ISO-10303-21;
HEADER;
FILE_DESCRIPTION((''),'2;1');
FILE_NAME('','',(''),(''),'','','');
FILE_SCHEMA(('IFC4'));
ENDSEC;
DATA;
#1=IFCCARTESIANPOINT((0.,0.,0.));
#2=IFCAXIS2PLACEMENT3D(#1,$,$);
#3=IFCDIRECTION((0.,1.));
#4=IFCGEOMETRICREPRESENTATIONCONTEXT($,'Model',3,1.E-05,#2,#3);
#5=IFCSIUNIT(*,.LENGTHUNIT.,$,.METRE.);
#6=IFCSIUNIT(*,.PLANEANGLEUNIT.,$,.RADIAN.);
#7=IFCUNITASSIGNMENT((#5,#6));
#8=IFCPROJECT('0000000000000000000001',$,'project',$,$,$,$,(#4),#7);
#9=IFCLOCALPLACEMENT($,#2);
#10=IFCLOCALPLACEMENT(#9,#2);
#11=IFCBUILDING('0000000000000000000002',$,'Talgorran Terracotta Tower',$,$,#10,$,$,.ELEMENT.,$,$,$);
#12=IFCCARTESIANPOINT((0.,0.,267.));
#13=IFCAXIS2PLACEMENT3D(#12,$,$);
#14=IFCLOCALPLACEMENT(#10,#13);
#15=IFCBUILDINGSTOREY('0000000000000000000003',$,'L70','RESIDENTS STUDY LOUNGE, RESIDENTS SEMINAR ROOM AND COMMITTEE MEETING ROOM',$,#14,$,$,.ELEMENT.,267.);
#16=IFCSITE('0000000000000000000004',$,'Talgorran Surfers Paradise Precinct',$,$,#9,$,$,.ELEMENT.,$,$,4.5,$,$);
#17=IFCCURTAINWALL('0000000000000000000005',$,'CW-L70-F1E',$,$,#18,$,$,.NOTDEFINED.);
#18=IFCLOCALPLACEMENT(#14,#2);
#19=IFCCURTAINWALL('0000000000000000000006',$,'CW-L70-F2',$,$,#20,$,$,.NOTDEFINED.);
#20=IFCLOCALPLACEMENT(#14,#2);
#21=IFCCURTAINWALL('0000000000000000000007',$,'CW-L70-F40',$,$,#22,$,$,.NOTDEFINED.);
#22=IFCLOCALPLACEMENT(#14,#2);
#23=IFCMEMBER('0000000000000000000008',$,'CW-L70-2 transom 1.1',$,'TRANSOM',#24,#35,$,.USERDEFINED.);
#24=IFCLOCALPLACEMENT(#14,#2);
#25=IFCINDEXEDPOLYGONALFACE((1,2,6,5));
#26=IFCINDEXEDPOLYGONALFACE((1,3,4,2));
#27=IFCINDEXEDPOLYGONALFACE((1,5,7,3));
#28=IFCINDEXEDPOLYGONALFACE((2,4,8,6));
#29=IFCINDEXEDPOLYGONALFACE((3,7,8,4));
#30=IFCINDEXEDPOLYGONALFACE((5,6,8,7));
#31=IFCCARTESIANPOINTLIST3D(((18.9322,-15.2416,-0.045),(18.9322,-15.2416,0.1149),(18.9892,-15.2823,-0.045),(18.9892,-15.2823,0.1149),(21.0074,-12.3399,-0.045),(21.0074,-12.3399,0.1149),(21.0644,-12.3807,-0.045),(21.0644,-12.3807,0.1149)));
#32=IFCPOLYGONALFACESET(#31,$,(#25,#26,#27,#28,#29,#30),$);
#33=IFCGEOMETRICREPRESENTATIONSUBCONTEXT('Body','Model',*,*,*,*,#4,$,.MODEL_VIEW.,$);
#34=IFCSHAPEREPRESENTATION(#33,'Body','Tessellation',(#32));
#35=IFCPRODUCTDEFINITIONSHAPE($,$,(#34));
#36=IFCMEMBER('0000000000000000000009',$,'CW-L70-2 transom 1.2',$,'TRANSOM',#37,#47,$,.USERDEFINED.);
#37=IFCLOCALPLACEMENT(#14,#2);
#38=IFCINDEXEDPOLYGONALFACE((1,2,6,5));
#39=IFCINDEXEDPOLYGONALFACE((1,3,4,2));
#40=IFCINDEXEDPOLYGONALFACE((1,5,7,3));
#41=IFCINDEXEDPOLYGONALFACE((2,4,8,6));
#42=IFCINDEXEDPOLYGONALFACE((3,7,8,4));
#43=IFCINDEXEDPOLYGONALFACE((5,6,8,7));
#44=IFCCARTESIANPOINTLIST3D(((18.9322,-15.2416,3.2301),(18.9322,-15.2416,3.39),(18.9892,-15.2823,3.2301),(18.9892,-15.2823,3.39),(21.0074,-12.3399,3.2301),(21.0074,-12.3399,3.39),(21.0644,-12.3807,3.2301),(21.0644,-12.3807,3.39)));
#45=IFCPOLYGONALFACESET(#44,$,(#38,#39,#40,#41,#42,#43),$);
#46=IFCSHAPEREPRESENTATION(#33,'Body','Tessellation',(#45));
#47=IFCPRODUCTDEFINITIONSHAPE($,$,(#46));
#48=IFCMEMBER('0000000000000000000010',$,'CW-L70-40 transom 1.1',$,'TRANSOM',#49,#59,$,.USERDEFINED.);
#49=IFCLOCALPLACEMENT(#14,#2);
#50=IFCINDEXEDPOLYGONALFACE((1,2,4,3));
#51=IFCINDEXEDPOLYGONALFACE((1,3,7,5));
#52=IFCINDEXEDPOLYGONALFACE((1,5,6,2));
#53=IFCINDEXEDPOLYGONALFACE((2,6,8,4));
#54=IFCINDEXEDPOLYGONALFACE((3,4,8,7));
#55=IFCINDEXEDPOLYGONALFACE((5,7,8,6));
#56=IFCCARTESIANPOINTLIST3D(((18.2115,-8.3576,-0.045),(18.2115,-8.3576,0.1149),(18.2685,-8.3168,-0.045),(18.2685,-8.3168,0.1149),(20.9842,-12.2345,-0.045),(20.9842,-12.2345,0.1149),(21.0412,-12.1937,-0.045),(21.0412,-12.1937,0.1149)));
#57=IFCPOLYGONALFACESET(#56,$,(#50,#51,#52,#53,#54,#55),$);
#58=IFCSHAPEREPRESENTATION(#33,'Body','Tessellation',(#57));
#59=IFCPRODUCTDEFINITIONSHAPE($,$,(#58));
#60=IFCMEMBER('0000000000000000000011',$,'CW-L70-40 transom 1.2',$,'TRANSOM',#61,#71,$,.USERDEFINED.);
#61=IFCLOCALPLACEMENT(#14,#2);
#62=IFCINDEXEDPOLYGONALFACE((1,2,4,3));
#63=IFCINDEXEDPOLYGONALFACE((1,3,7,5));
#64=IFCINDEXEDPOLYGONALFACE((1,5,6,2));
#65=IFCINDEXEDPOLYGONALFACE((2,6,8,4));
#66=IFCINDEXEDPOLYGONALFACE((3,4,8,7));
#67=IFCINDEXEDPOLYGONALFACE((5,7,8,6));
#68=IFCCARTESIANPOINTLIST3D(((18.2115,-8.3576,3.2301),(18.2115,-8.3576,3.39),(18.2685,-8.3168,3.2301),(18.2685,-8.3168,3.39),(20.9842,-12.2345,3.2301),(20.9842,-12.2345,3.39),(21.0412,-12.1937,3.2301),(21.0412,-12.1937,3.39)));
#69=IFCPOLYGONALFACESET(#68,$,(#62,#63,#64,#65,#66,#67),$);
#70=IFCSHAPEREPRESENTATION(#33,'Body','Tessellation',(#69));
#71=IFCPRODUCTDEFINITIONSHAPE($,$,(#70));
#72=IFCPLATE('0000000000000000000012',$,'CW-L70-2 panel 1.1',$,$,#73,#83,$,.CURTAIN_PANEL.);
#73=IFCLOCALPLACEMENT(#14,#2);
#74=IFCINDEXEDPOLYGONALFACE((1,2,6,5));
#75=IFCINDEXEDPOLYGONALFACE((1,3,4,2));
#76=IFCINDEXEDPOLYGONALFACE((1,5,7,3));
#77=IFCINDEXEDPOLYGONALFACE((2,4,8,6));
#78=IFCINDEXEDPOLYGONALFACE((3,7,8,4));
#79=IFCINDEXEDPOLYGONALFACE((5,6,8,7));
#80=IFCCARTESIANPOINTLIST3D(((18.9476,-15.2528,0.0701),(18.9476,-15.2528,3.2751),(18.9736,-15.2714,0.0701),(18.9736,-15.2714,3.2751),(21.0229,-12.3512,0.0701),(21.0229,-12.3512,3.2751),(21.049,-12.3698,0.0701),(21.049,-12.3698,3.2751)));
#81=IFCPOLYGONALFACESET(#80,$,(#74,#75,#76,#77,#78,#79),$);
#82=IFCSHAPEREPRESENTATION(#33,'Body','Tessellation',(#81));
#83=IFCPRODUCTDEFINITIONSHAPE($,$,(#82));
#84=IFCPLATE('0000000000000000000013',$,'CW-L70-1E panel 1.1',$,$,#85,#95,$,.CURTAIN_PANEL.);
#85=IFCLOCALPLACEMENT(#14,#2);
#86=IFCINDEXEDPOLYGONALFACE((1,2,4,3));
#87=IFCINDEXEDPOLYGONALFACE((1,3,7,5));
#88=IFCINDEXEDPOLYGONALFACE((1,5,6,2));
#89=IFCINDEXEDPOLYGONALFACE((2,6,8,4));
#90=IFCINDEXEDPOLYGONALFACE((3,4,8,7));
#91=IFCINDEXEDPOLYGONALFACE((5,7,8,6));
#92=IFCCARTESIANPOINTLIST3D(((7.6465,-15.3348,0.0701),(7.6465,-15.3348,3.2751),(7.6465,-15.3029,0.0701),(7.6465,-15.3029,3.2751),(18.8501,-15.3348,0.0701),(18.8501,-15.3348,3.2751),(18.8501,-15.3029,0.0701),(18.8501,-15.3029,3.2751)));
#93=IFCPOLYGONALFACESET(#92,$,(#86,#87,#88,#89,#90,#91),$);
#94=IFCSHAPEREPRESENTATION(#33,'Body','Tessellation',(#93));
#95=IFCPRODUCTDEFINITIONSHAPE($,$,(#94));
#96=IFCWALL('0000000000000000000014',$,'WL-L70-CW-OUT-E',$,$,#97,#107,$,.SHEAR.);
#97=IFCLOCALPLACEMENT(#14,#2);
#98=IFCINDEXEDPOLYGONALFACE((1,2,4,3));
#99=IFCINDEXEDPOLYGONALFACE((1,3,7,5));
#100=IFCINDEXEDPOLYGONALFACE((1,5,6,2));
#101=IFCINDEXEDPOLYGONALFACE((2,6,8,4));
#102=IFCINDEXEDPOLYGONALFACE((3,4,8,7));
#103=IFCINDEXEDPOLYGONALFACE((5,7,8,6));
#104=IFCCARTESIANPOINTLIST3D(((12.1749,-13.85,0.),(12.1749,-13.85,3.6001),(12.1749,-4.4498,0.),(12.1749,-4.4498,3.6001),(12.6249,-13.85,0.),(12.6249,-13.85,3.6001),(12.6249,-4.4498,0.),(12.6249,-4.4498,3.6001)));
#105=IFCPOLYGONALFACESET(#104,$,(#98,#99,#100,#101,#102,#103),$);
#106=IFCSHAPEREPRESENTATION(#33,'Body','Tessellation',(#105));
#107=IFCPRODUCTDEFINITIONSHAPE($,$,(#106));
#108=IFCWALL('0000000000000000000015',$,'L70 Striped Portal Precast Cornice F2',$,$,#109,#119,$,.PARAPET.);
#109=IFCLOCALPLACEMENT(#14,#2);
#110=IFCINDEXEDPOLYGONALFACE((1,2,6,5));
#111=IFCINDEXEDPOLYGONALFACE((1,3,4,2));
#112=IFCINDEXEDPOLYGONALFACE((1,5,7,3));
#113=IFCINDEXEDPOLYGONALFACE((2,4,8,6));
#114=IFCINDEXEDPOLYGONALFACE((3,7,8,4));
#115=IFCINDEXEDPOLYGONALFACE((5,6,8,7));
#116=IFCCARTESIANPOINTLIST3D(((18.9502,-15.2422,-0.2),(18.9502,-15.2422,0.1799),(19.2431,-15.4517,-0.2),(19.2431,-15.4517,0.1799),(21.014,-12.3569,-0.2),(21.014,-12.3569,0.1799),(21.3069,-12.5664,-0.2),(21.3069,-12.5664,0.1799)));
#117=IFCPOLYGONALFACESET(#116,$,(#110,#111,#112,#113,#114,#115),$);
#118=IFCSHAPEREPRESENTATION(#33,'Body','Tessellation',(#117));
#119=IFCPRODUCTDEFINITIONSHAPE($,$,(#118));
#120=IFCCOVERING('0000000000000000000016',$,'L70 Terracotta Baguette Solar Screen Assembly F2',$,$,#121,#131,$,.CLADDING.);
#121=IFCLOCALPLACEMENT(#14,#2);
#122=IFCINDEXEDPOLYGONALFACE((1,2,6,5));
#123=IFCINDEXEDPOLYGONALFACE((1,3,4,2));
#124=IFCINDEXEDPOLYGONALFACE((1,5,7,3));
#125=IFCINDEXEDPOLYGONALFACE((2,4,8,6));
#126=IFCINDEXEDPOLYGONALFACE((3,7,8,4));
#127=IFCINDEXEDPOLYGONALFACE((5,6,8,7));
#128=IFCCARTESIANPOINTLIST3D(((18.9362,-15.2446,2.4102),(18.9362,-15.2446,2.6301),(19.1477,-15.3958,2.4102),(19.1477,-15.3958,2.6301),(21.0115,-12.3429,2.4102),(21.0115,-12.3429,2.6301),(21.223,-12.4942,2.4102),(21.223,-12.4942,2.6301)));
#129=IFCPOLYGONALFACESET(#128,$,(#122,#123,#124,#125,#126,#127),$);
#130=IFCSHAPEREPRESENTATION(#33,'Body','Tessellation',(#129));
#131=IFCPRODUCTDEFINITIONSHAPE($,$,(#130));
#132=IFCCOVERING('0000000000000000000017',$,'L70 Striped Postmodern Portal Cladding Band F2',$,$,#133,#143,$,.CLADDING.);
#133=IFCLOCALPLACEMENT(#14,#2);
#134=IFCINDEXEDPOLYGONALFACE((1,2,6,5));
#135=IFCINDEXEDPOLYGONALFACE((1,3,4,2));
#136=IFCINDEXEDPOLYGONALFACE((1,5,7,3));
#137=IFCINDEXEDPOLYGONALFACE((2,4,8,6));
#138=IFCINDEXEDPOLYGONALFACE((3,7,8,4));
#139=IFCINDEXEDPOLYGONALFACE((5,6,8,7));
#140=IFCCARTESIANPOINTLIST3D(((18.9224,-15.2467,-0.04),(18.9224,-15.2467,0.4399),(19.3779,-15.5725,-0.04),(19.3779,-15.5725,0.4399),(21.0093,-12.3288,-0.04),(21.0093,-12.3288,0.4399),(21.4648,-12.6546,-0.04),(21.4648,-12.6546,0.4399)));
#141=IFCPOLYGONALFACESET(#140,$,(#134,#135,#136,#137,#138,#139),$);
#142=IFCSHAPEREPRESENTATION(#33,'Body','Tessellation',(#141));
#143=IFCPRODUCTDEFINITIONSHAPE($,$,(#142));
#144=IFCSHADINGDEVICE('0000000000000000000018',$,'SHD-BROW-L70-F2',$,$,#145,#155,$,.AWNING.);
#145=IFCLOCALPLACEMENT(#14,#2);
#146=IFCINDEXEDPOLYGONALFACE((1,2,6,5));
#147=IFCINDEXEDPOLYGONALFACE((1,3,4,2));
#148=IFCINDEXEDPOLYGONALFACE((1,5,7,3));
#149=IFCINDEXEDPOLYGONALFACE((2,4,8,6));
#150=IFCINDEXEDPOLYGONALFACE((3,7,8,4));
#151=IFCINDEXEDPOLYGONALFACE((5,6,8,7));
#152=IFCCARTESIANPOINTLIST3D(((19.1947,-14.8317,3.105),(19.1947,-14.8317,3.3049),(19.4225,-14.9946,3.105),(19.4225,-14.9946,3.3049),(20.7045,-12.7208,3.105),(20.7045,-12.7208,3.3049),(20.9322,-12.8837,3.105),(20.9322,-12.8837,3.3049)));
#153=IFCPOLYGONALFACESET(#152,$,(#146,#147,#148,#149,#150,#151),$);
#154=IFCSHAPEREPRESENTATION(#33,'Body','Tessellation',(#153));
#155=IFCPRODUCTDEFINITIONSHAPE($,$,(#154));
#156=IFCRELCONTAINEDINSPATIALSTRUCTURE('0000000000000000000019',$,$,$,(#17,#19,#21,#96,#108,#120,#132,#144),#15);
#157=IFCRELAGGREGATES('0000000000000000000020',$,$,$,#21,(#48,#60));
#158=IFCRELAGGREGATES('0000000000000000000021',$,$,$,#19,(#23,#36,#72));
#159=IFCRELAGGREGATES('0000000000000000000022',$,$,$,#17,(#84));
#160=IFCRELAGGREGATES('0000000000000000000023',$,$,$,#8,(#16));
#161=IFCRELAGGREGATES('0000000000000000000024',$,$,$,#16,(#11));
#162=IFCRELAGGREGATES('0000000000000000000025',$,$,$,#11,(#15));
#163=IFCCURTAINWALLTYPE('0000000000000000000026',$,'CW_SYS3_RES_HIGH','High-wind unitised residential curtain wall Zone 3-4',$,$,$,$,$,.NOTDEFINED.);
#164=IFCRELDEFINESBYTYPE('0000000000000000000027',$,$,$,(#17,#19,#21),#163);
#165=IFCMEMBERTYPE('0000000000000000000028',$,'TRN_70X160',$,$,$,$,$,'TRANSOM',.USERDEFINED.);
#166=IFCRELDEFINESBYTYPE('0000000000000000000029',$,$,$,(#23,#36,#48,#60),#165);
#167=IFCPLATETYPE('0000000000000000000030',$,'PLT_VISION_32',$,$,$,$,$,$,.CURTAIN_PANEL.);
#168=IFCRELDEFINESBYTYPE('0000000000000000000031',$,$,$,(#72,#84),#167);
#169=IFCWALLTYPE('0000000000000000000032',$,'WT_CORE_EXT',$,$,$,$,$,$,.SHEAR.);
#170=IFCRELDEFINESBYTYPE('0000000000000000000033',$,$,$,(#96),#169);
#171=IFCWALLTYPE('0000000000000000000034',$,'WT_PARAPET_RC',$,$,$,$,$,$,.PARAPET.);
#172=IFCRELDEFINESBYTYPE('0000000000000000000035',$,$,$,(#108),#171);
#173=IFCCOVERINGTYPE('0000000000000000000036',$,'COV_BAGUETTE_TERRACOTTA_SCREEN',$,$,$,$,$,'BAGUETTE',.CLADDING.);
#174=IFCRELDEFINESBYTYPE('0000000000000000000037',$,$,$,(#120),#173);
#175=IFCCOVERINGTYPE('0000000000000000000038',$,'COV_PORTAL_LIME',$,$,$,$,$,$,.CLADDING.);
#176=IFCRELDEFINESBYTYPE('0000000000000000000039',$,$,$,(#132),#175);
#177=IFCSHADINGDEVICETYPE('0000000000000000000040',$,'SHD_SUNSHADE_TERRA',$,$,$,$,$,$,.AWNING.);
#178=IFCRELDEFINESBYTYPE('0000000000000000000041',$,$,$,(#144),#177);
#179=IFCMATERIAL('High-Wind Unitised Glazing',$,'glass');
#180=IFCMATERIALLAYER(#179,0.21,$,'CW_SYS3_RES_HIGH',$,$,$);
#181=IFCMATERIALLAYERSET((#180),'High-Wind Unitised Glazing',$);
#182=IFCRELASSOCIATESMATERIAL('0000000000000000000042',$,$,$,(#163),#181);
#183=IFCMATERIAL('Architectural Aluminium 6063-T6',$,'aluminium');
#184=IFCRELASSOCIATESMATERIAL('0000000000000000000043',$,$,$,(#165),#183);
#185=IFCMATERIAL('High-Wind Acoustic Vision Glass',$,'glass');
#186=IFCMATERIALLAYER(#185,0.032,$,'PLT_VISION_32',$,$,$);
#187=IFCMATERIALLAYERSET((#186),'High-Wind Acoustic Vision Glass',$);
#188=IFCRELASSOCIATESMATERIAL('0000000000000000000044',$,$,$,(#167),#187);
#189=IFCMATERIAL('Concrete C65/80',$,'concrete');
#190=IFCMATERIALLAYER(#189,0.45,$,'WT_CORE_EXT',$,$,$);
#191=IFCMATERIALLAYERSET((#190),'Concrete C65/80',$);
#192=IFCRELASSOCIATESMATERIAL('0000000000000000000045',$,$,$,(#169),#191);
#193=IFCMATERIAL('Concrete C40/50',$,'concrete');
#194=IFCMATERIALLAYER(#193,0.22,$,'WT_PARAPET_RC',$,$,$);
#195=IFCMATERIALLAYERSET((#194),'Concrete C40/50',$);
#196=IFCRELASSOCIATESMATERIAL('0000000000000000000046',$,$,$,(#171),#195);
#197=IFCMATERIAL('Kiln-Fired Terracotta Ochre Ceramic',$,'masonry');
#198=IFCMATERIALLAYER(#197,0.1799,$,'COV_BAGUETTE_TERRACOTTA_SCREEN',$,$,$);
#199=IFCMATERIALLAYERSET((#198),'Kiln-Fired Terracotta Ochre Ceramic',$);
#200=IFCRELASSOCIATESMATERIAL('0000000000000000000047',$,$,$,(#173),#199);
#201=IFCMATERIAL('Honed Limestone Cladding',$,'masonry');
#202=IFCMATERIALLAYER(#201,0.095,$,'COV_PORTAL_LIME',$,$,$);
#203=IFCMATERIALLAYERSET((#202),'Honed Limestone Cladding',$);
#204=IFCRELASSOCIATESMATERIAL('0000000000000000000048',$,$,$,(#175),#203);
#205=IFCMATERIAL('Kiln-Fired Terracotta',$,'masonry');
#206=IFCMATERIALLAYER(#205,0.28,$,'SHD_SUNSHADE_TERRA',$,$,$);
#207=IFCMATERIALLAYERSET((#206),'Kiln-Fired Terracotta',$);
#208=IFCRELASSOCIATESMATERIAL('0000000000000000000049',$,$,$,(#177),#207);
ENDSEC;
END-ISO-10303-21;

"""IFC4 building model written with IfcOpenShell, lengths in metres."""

from ifc_helpers import new_model, si_unit, direction, frame, frame_2d, origin, origin_2d, place, context, subcontext, project, spatial, rectangle, extrude, source, transform, mapped, material, layer, layer_set, material_profile, profile_set, type_object, type_shapes, element, aggregate, save


model = new_model("IFC4")

# Units and contexts
model_context = context("Model", 3, precision=1e-05, world=origin(), true_north=direction((0.0, 1.0)))
body_context = subcontext(model_context, "Body", "Model", "MODEL_VIEW")
ifc_project = project(units=[si_unit("LENGTHUNIT", "METRE"), si_unit("PLANEANGLEUNIT", "RADIAN")], contexts=[model_context])

# Site, building, storey
site_placement = place(None, origin())
site = spatial("IfcSite", under=ifc_project, at=site_placement, Name="Talgorran Surfers Paradise Precinct", CompositionType="ELEMENT", RefElevation=4.5)
building_placement = place(site_placement, origin())
building = spatial("IfcBuilding", under=site, at=building_placement, Name="Talgorran Terracotta Tower", CompositionType="ELEMENT")
storey_placement = place(building_placement, frame((0.0, 0.0, 267.0)))
storey = spatial("IfcBuildingStorey", under=building, at=storey_placement, Name="L70", Description="RESIDENTS STUDY LOUNGE, RESIDENTS SEMINAR ROOM AND COMMITTEE MEETING ROOM", CompositionType="ELEMENT", Elevation=267.0)

# Curtain wall
ifc_material_1 = material(Name="High-Wind Unitised Glazing", Category="glass")
ifc_layer_1 = layer(ifc_material_1, 0.21, Name="CW_SYS3_RES_HIGH")
ifc_layer_set_1 = layer_set([ifc_layer_1], Name="High-Wind Unitised Glazing")
curtain_wall_type = type_object("IfcCurtainWallType", Name="CW_SYS3_RES_HIGH", Description="High-wind unitised residential curtain wall Zone 3-4", PredefinedType="NOTDEFINED", material=ifc_layer_set_1)
curtain_wall_1_placement = place(storey_placement, origin())
curtain_wall_1 = element("IfcCurtainWall", 1, at=curtain_wall_1_placement, inside=storey, type_object=curtain_wall_type, Name="CW-L70-F1E", PredefinedType="NOTDEFINED")
ifc_material_2 = material(Name="Architectural Aluminium 6063-T6", Category="aluminium")

# Curtain wall
curtain_wall_2_placement = place(storey_placement, origin())
curtain_wall_2 = element("IfcCurtainWall", 2, at=curtain_wall_2_placement, inside=storey, type_object=curtain_wall_type, Name="CW-L70-F2", PredefinedType="NOTDEFINED")

# Curtain wall
curtain_wall_3_placement = place(storey_placement, origin())
curtain_wall_3 = element("IfcCurtainWall", 3, at=curtain_wall_3_placement, inside=storey, type_object=curtain_wall_type, Name="CW-L70-F40", PredefinedType="NOTDEFINED")

# Members
ifc_material_profile_1 = material_profile(ifc_material_2, rectangle(XDim=0.0701, YDim=0.1599, at=origin_2d()), Name="CWT70X160")
ifc_profile_set_1 = profile_set([ifc_material_profile_1], Name="Architectural Aluminium 6063-T6")
member_type_1 = type_object("IfcMemberType", Name="TRN_70X160", ElementType="TRANSOM", PredefinedType="USERDEFINED", material=ifc_profile_set_1)
member_1_placement = place(storey_placement, frame((18.9607, -15.262, 0.0349), z_axis=(0.581724, 0.813387, 0.0), x_axis=(-0.813387, 0.581724, 0.0)))
member_1 = element("IfcMember", 4, at=member_1_placement, type_object=member_type_1, Name="CW-L70-2 transom 1.1", ObjectType="TRANSOM", PredefinedType="USERDEFINED", context=body_context, shape_type="SweptSolid", body=[
    extrude(rectangle(XDim=0.0701, YDim=0.1599, at=origin_2d()), origin(), (0.0, 0.0, 1.0), 3.5674),
])
member_2_placement = place(storey_placement, frame((18.9607, -15.262, 3.3101), z_axis=(0.581724, 0.813387, 0.0), x_axis=(-0.813387, 0.581724, 0.0)))
member_2 = element("IfcMember", 5, at=member_2_placement, type_object=member_type_1, Name="CW-L70-2 transom 1.2", ObjectType="TRANSOM", PredefinedType="USERDEFINED", context=body_context, shape_type="SweptSolid", body=[
    extrude(rectangle(XDim=0.0701, YDim=0.1599, at=origin_2d()), origin(), (0.0, 0.0, 1.0), 3.5674),
])
member_3_placement = place(storey_placement, frame((21.0127, -12.2141, 0.0349), z_axis=(-0.581718, 0.813391, 0.0), x_axis=(-0.813391, -0.581718, 0.0)))
member_3 = element("IfcMember", 6, at=member_3_placement, type_object=member_type_1, Name="CW-L70-40 transom 1.1", ObjectType="TRANSOM", PredefinedType="USERDEFINED", context=body_context, shape_type="SweptSolid", body=[
    extrude(rectangle(XDim=0.0701, YDim=0.1599, at=origin_2d()), origin(), (0.0, 0.0, 1.0), 4.7664),
])
member_4_placement = place(storey_placement, frame((21.0127, -12.2141, 3.3101), z_axis=(-0.581718, 0.813391, 0.0), x_axis=(-0.813391, -0.581718, 0.0)))
member_4 = element("IfcMember", 7, at=member_4_placement, type_object=member_type_1, Name="CW-L70-40 transom 1.2", ObjectType="TRANSOM", PredefinedType="USERDEFINED", context=body_context, shape_type="SweptSolid", body=[
    extrude(rectangle(XDim=0.0701, YDim=0.1599, at=origin_2d()), origin(), (0.0, 0.0, 1.0), 4.7664),
])
aggregate(curtain_wall_3, [member_3, member_4])

# Plates
ifc_material_3 = material(Name="High-Wind Acoustic Vision Glass", Category="glass")
ifc_layer_2 = layer(ifc_material_3, 0.032, Name="PLT_VISION_32")
ifc_layer_set_2 = layer_set([ifc_layer_2], Name="High-Wind Acoustic Vision Glass")
plate_type = type_object("IfcPlateType", Name="PLT_VISION_32", PredefinedType="CURTAIN_PANEL", material=ifc_layer_set_2)
shared_shape_1 = source(origin(), body_context, "Body", "SweptSolid", [
    extrude(rectangle(XDim=3.5674, YDim=0.032, at=origin_2d()), origin(), (0.0, 0.0, 1.0), 3.2051),
])
plate_1_placement = place(storey_placement, frame((19.9983, -13.8113, 0.0701), z_axis=(0.0, 0.0, 1.0), x_axis=(0.581746, 0.813371, 0.0)))
plate_1 = element("IfcPlate", 8, at=plate_1_placement, type_object=plate_type, Name="CW-L70-2 panel 1.1", PredefinedType="CURTAIN_PANEL", context=body_context, shape_type="MappedRepresentation", body=[
    mapped(shared_shape_1, transform((0.0, 0.0, 0.0), scale=1.0)),
])
aggregate(curtain_wall_2, [member_1, member_2, plate_1])
shared_shape_2 = source(origin(), body_context, "Body", "SweptSolid", [
    extrude(rectangle(XDim=11.2036, YDim=0.032, at=origin_2d()), origin(), (0.0, 0.0, 1.0), 3.2051),
])
type_shapes(plate_type, [shared_shape_1, shared_shape_2])
plate_2_placement = place(storey_placement, frame((13.2483, -15.3188, 0.0701), z_axis=(0.0, 0.0, 1.0), x_axis=(1.0, 0.0, 0.0)))
plate_2 = element("IfcPlate", 9, at=plate_2_placement, type_object=plate_type, Name="CW-L70-1E panel 1.1", PredefinedType="CURTAIN_PANEL", context=body_context, shape_type="MappedRepresentation", body=[
    mapped(shared_shape_2, transform((0.0, 0.0, 0.0), scale=1.0)),
])
aggregate(curtain_wall_1, [plate_2])

# Walls
ifc_material_4 = material(Name="Concrete C65/80", Category="concrete")
ifc_layer_3 = layer(ifc_material_4, 0.45, Name="WT_CORE_EXT")
ifc_layer_set_3 = layer_set([ifc_layer_3], Name="Concrete C65/80")
wall_type_1 = type_object("IfcWallType", Name="WT_CORE_EXT", PredefinedType="SHEAR", material=ifc_layer_set_3)
wall_1_placement = place(storey_placement, frame((12.3999, -13.8501, 0.0), z_axis=(0.0, 0.0, 1.0), x_axis=(0.0, 1.0, 0.0)))
element("IfcWall", 10, at=wall_1_placement, inside=storey, type_object=wall_type_1, Name="WL-L70-CW-OUT-E", PredefinedType="SHEAR", context=body_context, shape_type="SweptSolid", body=[
    extrude(rectangle(XDim=9.4001, YDim=0.45, at=frame_2d((4.7002, 0.0))), origin(), (0.0, 0.0, 1.0), 3.6001),
])
ifc_material_5 = material(Name="Concrete C40/50", Category="concrete")
ifc_layer_4 = layer(ifc_material_5, 0.22, Name="WT_PARAPET_RC")
ifc_layer_set_4 = layer_set([ifc_layer_4], Name="Concrete C40/50")
wall_type_2 = type_object("IfcWallType", Name="WT_PARAPET_RC", PredefinedType="PARAPET", material=ifc_layer_set_4)
wall_2_placement = place(storey_placement, frame((19.0967, -15.3469, -0.2), z_axis=(0.0, 0.0, 1.0), x_axis=(0.581765, 0.813357, 0.0)))
element("IfcWall", 11, at=wall_2_placement, inside=storey, type_object=wall_type_2, Name="L70 Striped Portal Precast Cornice F2", PredefinedType="PARAPET", context=body_context, shape_type="SweptSolid", body=[
    extrude(rectangle(XDim=3.5474, YDim=0.3601, at=frame_2d((1.7737, 0.0))), origin(), (0.0, 0.0, 1.0), 0.3799),
])

# Coverings
ifc_material_6 = material(Name="Kiln-Fired Terracotta Ochre Ceramic", Category="masonry")
ifc_layer_5 = layer(ifc_material_6, 0.1799, Name="COV_BAGUETTE_TERRACOTTA_SCREEN")
ifc_layer_set_5 = layer_set([ifc_layer_5], Name="Kiln-Fired Terracotta Ochre Ceramic")
covering_type_1 = type_object("IfcCoveringType", Name="COV_BAGUETTE_TERRACOTTA_SCREEN", ElementType="BAGUETTE", PredefinedType="CLADDING", material=ifc_layer_set_5)
covering_1_placement = place(storey_placement, frame((20.0796, -13.8694, 2.4102), z_axis=(0.0, 0.0, 1.0), x_axis=(0.58174, 0.813375, 0.0)))
element("IfcCovering", 12, at=covering_1_placement, inside=storey, type_object=covering_type_1, Name="L70 Terracotta Baguette Solar Screen Assembly F2", PredefinedType="CLADDING", context=body_context, shape_type="SweptSolid", body=[
    extrude(rectangle(XDim=3.5674, YDim=0.26, at=origin_2d()), origin(), (0.0, 0.0, 1.0), 0.22),
])
ifc_material_7 = material(Name="Honed Limestone Cladding", Category="masonry")
ifc_layer_6 = layer(ifc_material_7, 0.095, Name="COV_PORTAL_LIME")
ifc_layer_set_6 = layer_set([ifc_layer_6], Name="Honed Limestone Cladding")
covering_type_2 = type_object("IfcCoveringType", Name="COV_PORTAL_LIME", PredefinedType="CLADDING", material=ifc_layer_set_6)
covering_2_placement = place(storey_placement, frame((20.1936, -13.9507, -0.04), z_axis=(0.0, 0.0, 1.0), x_axis=(0.58174, 0.813375, 0.0)))
element("IfcCovering", 13, at=covering_2_placement, inside=storey, type_object=covering_type_2, Name="L70 Striped Postmodern Portal Cladding Band F2", PredefinedType="CLADDING", context=body_context, shape_type="SweptSolid", body=[
    extrude(rectangle(XDim=3.5874, YDim=0.5601, at=origin_2d()), origin(), (0.0, 0.0, 1.0), 0.48),
])

# Shading device
ifc_material_8 = material(Name="Kiln-Fired Terracotta", Category="masonry")
ifc_layer_7 = layer(ifc_material_8, 0.28, Name="SHD_SUNSHADE_TERRA")
ifc_layer_set_7 = layer_set([ifc_layer_7], Name="Kiln-Fired Terracotta")
shading_device_type = type_object("IfcShadingDeviceType", Name="SHD_SUNSHADE_TERRA", PredefinedType="AWNING", material=ifc_layer_set_7)
shared_shape_3 = source(origin(), body_context, "Body", "SweptSolid", [
    extrude(rectangle(XDim=2.5952, YDim=0.28, at=origin_2d()), origin(), (0.0, 0.0, 1.0), 0.2),
])
type_shapes(shading_device_type, [shared_shape_3])
shading_device_placement = place(storey_placement, frame((20.0635, -13.8577, 3.105), z_axis=(0.0, 0.0, 1.0), x_axis=(0.58174, 0.813375, 0.0)))
element("IfcShadingDevice", 14, at=shading_device_placement, inside=storey, type_object=shading_device_type, Name="SHD-BROW-L70-F2", PredefinedType="AWNING", context=body_context, shape_type="MappedRepresentation", body=[
    mapped(shared_shape_3, transform((0.0, 0.0, 0.0), scale=1.0)),
])

save(model, "model.ifc")
